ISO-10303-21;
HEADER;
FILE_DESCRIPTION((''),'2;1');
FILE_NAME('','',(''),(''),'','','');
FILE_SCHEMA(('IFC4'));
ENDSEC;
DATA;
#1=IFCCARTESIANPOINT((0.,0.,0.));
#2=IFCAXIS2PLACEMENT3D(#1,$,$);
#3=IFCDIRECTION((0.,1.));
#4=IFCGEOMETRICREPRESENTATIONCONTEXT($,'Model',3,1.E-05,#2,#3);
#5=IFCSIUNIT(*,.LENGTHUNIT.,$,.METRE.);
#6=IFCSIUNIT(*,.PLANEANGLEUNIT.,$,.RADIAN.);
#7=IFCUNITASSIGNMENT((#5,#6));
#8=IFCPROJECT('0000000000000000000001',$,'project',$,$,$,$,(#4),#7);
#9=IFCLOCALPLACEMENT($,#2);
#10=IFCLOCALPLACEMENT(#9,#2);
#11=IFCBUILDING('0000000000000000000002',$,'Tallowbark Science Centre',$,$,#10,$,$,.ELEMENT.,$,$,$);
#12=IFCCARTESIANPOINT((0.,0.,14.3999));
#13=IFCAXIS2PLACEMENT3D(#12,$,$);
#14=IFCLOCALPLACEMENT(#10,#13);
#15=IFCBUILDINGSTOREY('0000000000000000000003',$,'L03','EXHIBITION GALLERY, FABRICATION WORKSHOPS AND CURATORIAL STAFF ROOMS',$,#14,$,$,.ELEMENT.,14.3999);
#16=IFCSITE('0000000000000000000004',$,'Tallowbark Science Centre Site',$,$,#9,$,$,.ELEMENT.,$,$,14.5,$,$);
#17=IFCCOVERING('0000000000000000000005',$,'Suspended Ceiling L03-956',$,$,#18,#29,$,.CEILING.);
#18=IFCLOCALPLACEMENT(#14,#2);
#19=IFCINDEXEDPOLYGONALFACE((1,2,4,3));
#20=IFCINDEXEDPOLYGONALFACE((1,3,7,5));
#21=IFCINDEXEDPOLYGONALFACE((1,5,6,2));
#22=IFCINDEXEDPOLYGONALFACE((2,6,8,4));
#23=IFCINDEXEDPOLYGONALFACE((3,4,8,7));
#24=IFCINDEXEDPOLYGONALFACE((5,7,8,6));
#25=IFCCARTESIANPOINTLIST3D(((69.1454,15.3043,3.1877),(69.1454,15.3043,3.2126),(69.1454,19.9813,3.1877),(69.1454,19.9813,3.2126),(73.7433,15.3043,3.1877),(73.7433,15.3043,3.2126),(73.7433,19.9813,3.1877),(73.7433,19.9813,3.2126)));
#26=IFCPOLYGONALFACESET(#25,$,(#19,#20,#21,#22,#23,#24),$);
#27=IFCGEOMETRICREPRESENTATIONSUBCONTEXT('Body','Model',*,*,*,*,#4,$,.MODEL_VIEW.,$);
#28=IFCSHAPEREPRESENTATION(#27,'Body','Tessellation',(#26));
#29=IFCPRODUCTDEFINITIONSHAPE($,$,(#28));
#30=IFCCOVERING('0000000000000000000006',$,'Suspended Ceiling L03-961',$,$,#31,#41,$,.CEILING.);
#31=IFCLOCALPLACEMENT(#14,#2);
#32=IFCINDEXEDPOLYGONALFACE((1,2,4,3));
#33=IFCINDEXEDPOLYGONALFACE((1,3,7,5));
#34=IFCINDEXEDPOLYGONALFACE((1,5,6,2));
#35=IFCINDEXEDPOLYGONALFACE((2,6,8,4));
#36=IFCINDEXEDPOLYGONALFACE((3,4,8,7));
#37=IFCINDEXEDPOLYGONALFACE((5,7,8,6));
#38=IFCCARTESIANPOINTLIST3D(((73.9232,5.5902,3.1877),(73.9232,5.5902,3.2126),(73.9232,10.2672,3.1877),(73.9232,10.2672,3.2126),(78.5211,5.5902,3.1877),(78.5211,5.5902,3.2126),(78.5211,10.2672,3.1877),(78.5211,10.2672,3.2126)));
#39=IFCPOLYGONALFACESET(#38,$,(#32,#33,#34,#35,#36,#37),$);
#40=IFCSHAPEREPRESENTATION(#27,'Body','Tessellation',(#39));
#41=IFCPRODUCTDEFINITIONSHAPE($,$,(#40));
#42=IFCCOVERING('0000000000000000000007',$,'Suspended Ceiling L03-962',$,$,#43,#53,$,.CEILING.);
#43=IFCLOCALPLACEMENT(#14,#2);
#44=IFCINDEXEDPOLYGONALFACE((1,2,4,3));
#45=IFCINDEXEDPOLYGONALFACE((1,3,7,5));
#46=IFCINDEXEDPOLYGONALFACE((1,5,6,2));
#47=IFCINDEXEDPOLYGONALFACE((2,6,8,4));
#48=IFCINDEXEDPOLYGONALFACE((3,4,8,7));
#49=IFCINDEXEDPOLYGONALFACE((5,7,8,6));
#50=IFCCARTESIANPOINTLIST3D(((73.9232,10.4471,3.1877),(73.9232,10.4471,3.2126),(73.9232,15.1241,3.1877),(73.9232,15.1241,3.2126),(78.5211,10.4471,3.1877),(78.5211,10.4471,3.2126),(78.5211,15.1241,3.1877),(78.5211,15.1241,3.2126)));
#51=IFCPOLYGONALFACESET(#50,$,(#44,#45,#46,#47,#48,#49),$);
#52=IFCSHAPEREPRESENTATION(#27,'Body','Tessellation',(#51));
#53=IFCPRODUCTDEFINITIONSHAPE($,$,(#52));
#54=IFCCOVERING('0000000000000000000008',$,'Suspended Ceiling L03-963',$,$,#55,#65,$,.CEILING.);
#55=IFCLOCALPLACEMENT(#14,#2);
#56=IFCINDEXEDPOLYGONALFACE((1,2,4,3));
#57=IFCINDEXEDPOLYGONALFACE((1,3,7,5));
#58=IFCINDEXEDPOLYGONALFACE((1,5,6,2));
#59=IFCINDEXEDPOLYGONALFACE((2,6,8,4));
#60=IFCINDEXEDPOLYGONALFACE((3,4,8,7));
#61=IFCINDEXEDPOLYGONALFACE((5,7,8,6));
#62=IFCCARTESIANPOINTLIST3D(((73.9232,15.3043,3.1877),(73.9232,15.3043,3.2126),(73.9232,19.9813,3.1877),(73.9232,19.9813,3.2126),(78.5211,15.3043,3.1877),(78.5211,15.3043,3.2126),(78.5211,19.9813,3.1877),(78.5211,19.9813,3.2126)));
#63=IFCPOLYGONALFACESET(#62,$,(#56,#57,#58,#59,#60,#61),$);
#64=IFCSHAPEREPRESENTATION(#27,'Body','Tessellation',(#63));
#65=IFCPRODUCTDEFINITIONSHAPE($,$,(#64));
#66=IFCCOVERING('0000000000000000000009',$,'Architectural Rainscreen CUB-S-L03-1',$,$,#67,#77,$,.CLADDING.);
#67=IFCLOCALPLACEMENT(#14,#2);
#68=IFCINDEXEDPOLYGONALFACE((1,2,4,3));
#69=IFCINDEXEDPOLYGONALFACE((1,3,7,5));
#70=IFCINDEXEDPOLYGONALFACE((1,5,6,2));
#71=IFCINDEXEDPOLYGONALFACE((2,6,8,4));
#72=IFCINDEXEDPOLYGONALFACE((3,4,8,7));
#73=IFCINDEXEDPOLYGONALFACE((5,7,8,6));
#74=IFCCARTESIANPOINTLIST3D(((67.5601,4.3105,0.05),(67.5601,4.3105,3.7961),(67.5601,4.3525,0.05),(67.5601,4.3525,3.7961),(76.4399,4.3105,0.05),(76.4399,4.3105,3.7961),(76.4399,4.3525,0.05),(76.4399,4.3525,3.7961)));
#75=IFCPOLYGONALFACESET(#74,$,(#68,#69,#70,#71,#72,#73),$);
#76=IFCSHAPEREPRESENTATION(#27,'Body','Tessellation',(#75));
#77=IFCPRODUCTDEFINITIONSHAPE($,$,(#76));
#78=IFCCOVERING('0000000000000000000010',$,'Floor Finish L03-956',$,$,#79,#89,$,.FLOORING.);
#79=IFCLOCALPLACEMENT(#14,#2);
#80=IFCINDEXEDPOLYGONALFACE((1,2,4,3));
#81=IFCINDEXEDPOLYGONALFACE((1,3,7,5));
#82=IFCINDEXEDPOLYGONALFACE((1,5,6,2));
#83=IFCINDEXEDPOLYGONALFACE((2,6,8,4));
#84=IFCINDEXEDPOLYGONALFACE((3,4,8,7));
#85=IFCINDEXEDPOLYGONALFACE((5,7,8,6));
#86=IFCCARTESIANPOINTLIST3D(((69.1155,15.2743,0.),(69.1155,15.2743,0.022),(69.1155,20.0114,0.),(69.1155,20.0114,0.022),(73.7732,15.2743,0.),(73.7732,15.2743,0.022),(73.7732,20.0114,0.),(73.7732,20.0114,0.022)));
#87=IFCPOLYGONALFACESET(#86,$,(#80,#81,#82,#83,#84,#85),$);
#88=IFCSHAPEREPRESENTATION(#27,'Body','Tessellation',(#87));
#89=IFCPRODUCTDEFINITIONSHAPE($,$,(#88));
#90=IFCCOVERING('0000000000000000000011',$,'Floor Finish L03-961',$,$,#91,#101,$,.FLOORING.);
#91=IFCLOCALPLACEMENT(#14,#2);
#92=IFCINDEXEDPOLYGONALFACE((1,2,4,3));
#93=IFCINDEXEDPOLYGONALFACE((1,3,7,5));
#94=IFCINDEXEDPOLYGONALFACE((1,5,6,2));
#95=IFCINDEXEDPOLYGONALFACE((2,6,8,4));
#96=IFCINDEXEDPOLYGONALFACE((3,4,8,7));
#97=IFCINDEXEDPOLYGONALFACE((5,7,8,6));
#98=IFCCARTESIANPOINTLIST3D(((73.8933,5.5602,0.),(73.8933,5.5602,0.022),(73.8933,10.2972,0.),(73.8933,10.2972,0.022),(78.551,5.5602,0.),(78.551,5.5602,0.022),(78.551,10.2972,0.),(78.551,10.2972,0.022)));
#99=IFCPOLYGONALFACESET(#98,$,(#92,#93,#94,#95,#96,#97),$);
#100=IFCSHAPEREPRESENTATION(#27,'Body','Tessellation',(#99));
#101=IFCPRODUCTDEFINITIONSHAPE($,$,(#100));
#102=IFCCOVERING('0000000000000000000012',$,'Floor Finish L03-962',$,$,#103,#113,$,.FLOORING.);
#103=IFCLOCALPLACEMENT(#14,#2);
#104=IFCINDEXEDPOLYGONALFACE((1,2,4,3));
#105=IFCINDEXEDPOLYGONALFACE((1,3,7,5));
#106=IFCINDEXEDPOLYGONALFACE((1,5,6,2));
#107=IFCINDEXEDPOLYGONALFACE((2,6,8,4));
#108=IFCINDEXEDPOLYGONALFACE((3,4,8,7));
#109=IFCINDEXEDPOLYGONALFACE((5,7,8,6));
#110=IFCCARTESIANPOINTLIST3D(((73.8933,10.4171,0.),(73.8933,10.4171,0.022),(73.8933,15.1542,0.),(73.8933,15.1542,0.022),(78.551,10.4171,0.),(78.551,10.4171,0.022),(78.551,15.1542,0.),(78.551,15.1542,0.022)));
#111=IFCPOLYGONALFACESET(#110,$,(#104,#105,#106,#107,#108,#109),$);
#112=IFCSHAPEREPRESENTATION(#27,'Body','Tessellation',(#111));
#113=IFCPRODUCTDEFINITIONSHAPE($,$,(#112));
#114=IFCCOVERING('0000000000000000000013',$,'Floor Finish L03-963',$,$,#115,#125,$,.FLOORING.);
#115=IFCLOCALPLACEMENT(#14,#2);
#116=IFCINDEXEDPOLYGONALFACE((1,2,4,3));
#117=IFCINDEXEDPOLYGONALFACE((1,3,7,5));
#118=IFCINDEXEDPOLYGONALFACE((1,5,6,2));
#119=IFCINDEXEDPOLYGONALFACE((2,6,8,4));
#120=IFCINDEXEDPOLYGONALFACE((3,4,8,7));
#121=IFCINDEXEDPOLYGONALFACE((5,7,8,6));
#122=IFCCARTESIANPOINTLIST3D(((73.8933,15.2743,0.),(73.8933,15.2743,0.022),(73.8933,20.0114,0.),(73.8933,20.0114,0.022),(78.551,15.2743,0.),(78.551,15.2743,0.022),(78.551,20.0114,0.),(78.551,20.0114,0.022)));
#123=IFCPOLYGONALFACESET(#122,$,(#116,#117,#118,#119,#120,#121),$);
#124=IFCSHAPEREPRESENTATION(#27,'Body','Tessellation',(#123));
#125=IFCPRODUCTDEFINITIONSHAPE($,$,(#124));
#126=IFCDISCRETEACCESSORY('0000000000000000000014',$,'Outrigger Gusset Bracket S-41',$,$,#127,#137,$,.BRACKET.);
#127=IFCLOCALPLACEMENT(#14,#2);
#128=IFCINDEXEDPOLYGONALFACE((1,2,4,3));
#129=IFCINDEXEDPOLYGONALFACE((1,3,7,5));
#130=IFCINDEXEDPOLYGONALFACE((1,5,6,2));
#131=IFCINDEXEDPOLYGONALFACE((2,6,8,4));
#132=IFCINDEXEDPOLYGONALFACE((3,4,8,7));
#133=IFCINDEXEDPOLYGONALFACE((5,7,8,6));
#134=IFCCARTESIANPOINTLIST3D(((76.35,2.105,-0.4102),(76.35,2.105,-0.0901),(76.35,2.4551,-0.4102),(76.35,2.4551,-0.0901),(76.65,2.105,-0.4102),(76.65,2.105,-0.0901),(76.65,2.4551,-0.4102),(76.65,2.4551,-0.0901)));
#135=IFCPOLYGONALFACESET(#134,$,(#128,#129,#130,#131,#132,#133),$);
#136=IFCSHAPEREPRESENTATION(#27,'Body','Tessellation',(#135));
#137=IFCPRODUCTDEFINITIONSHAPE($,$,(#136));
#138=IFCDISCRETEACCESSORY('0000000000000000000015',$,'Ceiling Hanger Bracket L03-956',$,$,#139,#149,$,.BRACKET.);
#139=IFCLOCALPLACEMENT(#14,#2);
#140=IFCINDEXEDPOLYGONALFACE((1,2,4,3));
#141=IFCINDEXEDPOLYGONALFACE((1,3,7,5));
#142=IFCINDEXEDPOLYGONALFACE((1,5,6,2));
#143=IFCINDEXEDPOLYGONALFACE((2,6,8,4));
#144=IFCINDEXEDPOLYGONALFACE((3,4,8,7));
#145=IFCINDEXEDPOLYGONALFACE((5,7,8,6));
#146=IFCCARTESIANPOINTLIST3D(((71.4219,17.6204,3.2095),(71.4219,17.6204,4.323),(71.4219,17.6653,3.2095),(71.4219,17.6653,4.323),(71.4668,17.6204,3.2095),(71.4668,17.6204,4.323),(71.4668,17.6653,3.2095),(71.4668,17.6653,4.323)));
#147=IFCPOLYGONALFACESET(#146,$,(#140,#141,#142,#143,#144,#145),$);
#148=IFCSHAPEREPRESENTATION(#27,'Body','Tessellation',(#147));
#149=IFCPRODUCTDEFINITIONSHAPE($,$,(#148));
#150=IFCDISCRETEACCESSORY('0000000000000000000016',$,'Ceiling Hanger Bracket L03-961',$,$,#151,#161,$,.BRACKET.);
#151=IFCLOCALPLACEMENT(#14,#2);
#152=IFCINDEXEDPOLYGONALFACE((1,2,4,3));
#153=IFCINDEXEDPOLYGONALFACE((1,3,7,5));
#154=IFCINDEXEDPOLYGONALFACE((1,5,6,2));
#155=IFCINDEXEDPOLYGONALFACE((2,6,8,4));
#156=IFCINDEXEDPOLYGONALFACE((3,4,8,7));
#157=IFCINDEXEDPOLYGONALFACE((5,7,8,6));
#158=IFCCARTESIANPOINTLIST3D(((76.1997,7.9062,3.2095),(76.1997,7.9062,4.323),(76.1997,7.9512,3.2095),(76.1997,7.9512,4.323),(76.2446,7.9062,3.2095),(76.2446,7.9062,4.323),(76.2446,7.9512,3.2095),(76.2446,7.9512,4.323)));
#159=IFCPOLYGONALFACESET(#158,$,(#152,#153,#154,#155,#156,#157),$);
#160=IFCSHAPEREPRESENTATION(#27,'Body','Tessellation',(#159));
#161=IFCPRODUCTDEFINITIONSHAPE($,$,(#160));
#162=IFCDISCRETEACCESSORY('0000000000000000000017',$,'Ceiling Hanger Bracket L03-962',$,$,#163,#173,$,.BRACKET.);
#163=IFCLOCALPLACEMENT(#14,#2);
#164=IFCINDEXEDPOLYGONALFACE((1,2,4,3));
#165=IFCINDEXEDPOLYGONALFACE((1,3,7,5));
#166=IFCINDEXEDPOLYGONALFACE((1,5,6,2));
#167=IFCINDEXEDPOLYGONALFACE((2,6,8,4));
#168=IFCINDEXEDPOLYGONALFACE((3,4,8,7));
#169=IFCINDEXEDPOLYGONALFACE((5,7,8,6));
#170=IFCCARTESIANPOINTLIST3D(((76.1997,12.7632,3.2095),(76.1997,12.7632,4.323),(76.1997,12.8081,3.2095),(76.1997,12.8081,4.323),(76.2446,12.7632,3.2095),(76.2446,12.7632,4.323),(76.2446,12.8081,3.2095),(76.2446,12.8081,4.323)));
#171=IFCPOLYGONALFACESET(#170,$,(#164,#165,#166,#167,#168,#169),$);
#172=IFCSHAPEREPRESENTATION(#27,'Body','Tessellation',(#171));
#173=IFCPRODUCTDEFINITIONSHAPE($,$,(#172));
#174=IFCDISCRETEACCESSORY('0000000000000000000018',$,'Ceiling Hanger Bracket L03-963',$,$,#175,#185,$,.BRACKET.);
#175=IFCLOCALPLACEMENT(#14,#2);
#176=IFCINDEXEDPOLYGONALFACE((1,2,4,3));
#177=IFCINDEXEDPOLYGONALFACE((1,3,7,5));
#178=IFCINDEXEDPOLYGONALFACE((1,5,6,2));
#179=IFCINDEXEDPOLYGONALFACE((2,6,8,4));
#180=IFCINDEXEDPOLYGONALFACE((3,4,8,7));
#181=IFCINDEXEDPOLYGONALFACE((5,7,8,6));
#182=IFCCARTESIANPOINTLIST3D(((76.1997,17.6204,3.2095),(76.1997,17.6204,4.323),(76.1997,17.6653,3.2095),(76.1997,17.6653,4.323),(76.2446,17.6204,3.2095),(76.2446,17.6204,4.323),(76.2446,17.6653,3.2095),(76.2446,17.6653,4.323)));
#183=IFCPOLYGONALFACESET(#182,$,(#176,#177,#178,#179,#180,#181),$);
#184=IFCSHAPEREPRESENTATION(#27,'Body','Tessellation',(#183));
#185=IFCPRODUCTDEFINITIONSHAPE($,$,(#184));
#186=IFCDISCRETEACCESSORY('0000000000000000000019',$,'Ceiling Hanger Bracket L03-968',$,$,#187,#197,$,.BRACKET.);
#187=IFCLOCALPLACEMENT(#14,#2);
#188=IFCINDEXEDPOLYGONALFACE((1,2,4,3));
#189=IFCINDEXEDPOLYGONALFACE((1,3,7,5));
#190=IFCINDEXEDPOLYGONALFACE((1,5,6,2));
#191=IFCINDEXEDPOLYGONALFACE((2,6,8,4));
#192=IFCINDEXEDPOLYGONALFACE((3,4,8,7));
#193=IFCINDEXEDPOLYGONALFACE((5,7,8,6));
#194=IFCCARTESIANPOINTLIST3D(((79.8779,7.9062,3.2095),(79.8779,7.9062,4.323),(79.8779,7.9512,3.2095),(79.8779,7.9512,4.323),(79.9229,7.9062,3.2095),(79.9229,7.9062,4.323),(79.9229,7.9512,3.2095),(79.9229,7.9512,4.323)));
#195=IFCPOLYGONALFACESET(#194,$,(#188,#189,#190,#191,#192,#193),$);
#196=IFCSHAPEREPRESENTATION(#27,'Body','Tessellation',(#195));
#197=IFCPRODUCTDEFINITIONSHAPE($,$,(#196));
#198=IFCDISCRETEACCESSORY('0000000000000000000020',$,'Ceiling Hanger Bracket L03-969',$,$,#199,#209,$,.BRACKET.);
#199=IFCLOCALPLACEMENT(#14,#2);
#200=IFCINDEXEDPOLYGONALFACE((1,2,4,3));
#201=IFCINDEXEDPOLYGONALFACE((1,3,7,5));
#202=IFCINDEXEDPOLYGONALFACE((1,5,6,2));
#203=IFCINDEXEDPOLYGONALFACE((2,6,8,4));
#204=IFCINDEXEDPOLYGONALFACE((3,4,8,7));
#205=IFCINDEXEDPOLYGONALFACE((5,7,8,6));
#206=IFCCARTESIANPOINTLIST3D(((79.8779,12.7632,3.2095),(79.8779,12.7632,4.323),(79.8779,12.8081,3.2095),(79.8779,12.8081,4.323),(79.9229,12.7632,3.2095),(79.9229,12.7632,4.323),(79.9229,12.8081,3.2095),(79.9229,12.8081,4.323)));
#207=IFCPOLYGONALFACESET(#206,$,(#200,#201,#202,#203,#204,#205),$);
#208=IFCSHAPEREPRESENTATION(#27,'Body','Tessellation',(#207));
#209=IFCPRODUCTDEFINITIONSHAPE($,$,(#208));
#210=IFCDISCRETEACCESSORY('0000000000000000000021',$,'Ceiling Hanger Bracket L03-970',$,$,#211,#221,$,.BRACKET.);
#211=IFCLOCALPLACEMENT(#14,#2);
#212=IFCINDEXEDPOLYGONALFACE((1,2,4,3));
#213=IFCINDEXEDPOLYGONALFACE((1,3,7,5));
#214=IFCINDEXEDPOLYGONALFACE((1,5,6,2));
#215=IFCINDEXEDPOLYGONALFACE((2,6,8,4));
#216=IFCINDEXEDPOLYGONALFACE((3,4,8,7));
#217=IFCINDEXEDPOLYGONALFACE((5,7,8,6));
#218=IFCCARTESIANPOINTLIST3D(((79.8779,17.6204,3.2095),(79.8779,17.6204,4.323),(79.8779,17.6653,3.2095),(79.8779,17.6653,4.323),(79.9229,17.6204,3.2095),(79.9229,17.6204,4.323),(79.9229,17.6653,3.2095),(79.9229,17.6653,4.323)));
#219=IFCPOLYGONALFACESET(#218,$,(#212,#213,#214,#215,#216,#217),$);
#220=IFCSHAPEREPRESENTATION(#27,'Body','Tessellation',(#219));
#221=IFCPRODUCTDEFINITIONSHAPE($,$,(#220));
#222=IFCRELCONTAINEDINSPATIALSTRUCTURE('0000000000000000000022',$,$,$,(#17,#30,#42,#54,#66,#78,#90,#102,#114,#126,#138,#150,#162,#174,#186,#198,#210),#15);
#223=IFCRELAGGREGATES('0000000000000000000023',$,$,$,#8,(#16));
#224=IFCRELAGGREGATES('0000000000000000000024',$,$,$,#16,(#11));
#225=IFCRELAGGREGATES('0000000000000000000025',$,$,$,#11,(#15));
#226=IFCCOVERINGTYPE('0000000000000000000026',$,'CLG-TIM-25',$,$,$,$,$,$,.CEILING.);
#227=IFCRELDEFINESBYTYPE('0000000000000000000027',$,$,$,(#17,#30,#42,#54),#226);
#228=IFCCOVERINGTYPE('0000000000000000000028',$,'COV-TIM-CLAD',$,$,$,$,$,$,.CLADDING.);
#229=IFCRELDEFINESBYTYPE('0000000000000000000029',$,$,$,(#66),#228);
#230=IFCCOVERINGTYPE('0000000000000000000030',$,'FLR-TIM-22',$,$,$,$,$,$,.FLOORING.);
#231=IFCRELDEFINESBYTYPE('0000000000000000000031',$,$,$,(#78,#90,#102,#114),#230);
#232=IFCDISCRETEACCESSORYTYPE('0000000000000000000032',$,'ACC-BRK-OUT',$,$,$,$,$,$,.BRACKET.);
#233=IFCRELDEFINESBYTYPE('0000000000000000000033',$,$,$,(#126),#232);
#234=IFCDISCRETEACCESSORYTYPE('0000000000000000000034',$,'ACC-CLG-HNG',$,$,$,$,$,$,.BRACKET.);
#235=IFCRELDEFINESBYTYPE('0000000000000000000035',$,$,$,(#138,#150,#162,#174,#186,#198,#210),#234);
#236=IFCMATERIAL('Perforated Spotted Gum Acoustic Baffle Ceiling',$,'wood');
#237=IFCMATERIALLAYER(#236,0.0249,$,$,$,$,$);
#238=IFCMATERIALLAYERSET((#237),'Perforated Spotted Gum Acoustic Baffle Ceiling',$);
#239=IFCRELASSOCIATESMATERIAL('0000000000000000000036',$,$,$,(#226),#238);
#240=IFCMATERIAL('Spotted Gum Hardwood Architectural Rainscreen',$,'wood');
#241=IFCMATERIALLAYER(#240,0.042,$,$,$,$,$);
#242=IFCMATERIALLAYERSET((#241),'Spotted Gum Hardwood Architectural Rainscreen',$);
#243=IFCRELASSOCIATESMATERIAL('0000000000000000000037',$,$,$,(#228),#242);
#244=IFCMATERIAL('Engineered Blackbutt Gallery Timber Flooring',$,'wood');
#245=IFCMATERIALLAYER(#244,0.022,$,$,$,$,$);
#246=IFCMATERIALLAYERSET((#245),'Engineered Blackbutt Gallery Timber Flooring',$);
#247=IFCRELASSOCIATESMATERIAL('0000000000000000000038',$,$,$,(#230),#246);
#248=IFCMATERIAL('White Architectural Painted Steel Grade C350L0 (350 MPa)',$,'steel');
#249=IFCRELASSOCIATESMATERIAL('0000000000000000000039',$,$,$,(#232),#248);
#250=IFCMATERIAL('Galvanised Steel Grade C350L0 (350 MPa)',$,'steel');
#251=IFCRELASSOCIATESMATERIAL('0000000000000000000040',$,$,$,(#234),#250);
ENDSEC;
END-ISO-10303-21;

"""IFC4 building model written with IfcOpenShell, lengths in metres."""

from ifc_helpers import new_model, si_unit, direction, frame, origin, origin_2d, place, context, subcontext, project, spatial, rectangle, extrude, material, layer, layer_set, type_object, element, save


model = new_model("IFC4")

# Units and contexts
model_context = context("Model", 3, precision=1e-05, world=origin(), true_north=direction((0.0, 1.0)))
body_context = subcontext(model_context, "Body", "Model", "MODEL_VIEW")
ifc_project = project(units=[si_unit("LENGTHUNIT", "METRE"), si_unit("PLANEANGLEUNIT", "RADIAN")], contexts=[model_context])

# Site, building, storey
site_placement = place(None, origin())
site = spatial("IfcSite", under=ifc_project, at=site_placement, Name="Tallowbark Science Centre Site", CompositionType="ELEMENT", RefElevation=14.5)
building_placement = place(site_placement, origin())
building = spatial("IfcBuilding", under=site, at=building_placement, Name="Tallowbark Science Centre", CompositionType="ELEMENT")
storey_placement = place(building_placement, frame((0.0, 0.0, 14.3999)))
storey = spatial("IfcBuildingStorey", under=building, at=storey_placement, Name="L03", Description="EXHIBITION GALLERY, FABRICATION WORKSHOPS AND CURATORIAL STAFF ROOMS", CompositionType="ELEMENT", Elevation=14.3999)

# Shared definitions
ifc_material_1 = material(Name="White Architectural Painted Steel Grade C350L0 (350 MPa)", Category="steel")

# Coverings
ifc_material_2 = material(Name="Perforated Spotted Gum Acoustic Baffle Ceiling", Category="wood")
ifc_layer_1 = layer(ifc_material_2, 0.0249)
ifc_layer_set_1 = layer_set([ifc_layer_1], Name="Perforated Spotted Gum Acoustic Baffle Ceiling")
covering_type_1 = type_object("IfcCoveringType", Name="CLG-TIM-25", PredefinedType="CEILING", material=ifc_layer_set_1)
for number, where, z_axis, x_axis, name in (
    (1, (71.4443, 17.6428, 3.1877), (0.0, 0.0, 1.0), (1.0, 0.0, 0.0), "Suspended Ceiling L03-956"),
    (2, (76.2222, 7.9287, 3.1877), (0.0, 0.0, 1.0), (1.0, 0.0, 0.0), "Suspended Ceiling L03-961"),
    (3, (76.2222, 12.7856, 3.1877), (0.0, 0.0, 1.0), (1.0, 0.0, 0.0), "Suspended Ceiling L03-962"),
    (4, (76.2222, 17.6428, 3.1877), (0.0, 0.0, 1.0), (1.0, 0.0, 0.0), "Suspended Ceiling L03-963"),
):
    element("IfcCovering", number, at=place(storey_placement, frame(where, z_axis=z_axis, x_axis=x_axis)), inside=storey, type_object=covering_type_1, Name=name, PredefinedType="CEILING", context=body_context, shape_type="SweptSolid", body=[
        extrude(rectangle(XDim=4.5979, YDim=4.677, at=origin_2d()), origin(), (0.0, 0.0, 1.0), 0.0249),
    ])
ifc_material_3 = material(Name="Spotted Gum Hardwood Architectural Rainscreen", Category="wood")
ifc_layer_2 = layer(ifc_material_3, 0.042)
ifc_layer_set_2 = layer_set([ifc_layer_2], Name="Spotted Gum Hardwood Architectural Rainscreen")
covering_type_2 = type_object("IfcCoveringType", Name="COV-TIM-CLAD", PredefinedType="CLADDING", material=ifc_layer_set_2)
covering_placement = place(storey_placement, frame((72.0, 4.3315, 0.05), z_axis=(0.0, 0.0, 1.0), x_axis=(1.0, 0.0, 0.0)))
element("IfcCovering", 5, at=covering_placement, inside=storey, type_object=covering_type_2, Name="Architectural Rainscreen CUB-S-L03-1", PredefinedType="CLADDING", context=body_context, shape_type="SweptSolid", body=[
    extrude(rectangle(XDim=8.8799, YDim=0.042, at=origin_2d()), origin(), (0.0, 0.0, 1.0), 3.7461),
])
ifc_material_4 = material(Name="Engineered Blackbutt Gallery Timber Flooring", Category="wood")
ifc_layer_3 = layer(ifc_material_4, 0.022)
ifc_layer_set_3 = layer_set([ifc_layer_3], Name="Engineered Blackbutt Gallery Timber Flooring")
covering_type_3 = type_object("IfcCoveringType", Name="FLR-TIM-22", PredefinedType="FLOORING", material=ifc_layer_set_3)
for number, where, z_axis, x_axis, name in (
    (6, (71.4443, 17.6428, 0.0), (0.0, 0.0, 1.0), (1.0, 0.0, 0.0), "Floor Finish L03-956"),
    (7, (76.2222, 7.9287, 0.0), (0.0, 0.0, 1.0), (1.0, 0.0, 0.0), "Floor Finish L03-961"),
    (8, (76.2222, 12.7856, 0.0), (0.0, 0.0, 1.0), (1.0, 0.0, 0.0), "Floor Finish L03-962"),
    (9, (76.2222, 17.6428, 0.0), (0.0, 0.0, 1.0), (1.0, 0.0, 0.0), "Floor Finish L03-963"),
):
    element("IfcCovering", number, at=place(storey_placement, frame(where, z_axis=z_axis, x_axis=x_axis)), inside=storey, type_object=covering_type_3, Name=name, PredefinedType="FLOORING", context=body_context, shape_type="SweptSolid", body=[
        extrude(rectangle(XDim=4.6577, YDim=4.7371, at=origin_2d()), origin(), (0.0, 0.0, 1.0), 0.022),
    ])

# Discrete accessories
discrete_accessory_type_1 = type_object("IfcDiscreteAccessoryType", Name="ACC-BRK-OUT", PredefinedType="BRACKET", material=ifc_material_1)
discrete_accessory_placement = place(storey_placement, frame((76.5, 2.28, -0.4102), z_axis=(0.0, 0.0, 1.0), x_axis=(1.0, 0.0, 0.0)))
element("IfcDiscreteAccessory", 10, at=discrete_accessory_placement, inside=storey, type_object=discrete_accessory_type_1, Name="Outrigger Gusset Bracket S-41", PredefinedType="BRACKET", context=body_context, shape_type="SweptSolid", body=[
    extrude(rectangle(XDim=0.3, YDim=0.3501, at=origin_2d()), origin(), (0.0, 0.0, 1.0), 0.3201),
])
ifc_material_5 = material(Name="Galvanised Steel Grade C350L0 (350 MPa)", Category="steel")
discrete_accessory_type_2 = type_object("IfcDiscreteAccessoryType", Name="ACC-CLG-HNG", PredefinedType="BRACKET", material=ifc_material_5)
for number, where, z_axis, x_axis, name in (
    (11, (71.4443, 17.6428, 3.2095), (0.0, 0.0, 1.0), (1.0, 0.0, 0.0), "Ceiling Hanger Bracket L03-956"),
    (12, (76.2222, 7.9287, 3.2095), (0.0, 0.0, 1.0), (1.0, 0.0, 0.0), "Ceiling Hanger Bracket L03-961"),
    (13, (76.2222, 12.7856, 3.2095), (0.0, 0.0, 1.0), (1.0, 0.0, 0.0), "Ceiling Hanger Bracket L03-962"),
    (14, (76.2222, 17.6428, 3.2095), (0.0, 0.0, 1.0), (1.0, 0.0, 0.0), "Ceiling Hanger Bracket L03-963"),
    (15, (79.9004, 7.9287, 3.2095), (0.0, 0.0, 1.0), (1.0, 0.0, 0.0), "Ceiling Hanger Bracket L03-968"),
    (16, (79.9004, 12.7856, 3.2095), (0.0, 0.0, 1.0), (1.0, 0.0, 0.0), "Ceiling Hanger Bracket L03-969"),
    (17, (79.9004, 17.6428, 3.2095), (0.0, 0.0, 1.0), (1.0, 0.0, 0.0), "Ceiling Hanger Bracket L03-970"),
):
    element("IfcDiscreteAccessory", number, at=place(storey_placement, frame(where, z_axis=z_axis, x_axis=x_axis)), inside=storey, type_object=discrete_accessory_type_2, Name=name, PredefinedType="BRACKET", context=body_context, shape_type="SweptSolid", body=[
        extrude(rectangle(XDim=0.0449, YDim=0.0449, at=origin_2d()), origin(), (0.0, 0.0, 1.0), 1.1135),
    ])

save(model, "model.ifc")
